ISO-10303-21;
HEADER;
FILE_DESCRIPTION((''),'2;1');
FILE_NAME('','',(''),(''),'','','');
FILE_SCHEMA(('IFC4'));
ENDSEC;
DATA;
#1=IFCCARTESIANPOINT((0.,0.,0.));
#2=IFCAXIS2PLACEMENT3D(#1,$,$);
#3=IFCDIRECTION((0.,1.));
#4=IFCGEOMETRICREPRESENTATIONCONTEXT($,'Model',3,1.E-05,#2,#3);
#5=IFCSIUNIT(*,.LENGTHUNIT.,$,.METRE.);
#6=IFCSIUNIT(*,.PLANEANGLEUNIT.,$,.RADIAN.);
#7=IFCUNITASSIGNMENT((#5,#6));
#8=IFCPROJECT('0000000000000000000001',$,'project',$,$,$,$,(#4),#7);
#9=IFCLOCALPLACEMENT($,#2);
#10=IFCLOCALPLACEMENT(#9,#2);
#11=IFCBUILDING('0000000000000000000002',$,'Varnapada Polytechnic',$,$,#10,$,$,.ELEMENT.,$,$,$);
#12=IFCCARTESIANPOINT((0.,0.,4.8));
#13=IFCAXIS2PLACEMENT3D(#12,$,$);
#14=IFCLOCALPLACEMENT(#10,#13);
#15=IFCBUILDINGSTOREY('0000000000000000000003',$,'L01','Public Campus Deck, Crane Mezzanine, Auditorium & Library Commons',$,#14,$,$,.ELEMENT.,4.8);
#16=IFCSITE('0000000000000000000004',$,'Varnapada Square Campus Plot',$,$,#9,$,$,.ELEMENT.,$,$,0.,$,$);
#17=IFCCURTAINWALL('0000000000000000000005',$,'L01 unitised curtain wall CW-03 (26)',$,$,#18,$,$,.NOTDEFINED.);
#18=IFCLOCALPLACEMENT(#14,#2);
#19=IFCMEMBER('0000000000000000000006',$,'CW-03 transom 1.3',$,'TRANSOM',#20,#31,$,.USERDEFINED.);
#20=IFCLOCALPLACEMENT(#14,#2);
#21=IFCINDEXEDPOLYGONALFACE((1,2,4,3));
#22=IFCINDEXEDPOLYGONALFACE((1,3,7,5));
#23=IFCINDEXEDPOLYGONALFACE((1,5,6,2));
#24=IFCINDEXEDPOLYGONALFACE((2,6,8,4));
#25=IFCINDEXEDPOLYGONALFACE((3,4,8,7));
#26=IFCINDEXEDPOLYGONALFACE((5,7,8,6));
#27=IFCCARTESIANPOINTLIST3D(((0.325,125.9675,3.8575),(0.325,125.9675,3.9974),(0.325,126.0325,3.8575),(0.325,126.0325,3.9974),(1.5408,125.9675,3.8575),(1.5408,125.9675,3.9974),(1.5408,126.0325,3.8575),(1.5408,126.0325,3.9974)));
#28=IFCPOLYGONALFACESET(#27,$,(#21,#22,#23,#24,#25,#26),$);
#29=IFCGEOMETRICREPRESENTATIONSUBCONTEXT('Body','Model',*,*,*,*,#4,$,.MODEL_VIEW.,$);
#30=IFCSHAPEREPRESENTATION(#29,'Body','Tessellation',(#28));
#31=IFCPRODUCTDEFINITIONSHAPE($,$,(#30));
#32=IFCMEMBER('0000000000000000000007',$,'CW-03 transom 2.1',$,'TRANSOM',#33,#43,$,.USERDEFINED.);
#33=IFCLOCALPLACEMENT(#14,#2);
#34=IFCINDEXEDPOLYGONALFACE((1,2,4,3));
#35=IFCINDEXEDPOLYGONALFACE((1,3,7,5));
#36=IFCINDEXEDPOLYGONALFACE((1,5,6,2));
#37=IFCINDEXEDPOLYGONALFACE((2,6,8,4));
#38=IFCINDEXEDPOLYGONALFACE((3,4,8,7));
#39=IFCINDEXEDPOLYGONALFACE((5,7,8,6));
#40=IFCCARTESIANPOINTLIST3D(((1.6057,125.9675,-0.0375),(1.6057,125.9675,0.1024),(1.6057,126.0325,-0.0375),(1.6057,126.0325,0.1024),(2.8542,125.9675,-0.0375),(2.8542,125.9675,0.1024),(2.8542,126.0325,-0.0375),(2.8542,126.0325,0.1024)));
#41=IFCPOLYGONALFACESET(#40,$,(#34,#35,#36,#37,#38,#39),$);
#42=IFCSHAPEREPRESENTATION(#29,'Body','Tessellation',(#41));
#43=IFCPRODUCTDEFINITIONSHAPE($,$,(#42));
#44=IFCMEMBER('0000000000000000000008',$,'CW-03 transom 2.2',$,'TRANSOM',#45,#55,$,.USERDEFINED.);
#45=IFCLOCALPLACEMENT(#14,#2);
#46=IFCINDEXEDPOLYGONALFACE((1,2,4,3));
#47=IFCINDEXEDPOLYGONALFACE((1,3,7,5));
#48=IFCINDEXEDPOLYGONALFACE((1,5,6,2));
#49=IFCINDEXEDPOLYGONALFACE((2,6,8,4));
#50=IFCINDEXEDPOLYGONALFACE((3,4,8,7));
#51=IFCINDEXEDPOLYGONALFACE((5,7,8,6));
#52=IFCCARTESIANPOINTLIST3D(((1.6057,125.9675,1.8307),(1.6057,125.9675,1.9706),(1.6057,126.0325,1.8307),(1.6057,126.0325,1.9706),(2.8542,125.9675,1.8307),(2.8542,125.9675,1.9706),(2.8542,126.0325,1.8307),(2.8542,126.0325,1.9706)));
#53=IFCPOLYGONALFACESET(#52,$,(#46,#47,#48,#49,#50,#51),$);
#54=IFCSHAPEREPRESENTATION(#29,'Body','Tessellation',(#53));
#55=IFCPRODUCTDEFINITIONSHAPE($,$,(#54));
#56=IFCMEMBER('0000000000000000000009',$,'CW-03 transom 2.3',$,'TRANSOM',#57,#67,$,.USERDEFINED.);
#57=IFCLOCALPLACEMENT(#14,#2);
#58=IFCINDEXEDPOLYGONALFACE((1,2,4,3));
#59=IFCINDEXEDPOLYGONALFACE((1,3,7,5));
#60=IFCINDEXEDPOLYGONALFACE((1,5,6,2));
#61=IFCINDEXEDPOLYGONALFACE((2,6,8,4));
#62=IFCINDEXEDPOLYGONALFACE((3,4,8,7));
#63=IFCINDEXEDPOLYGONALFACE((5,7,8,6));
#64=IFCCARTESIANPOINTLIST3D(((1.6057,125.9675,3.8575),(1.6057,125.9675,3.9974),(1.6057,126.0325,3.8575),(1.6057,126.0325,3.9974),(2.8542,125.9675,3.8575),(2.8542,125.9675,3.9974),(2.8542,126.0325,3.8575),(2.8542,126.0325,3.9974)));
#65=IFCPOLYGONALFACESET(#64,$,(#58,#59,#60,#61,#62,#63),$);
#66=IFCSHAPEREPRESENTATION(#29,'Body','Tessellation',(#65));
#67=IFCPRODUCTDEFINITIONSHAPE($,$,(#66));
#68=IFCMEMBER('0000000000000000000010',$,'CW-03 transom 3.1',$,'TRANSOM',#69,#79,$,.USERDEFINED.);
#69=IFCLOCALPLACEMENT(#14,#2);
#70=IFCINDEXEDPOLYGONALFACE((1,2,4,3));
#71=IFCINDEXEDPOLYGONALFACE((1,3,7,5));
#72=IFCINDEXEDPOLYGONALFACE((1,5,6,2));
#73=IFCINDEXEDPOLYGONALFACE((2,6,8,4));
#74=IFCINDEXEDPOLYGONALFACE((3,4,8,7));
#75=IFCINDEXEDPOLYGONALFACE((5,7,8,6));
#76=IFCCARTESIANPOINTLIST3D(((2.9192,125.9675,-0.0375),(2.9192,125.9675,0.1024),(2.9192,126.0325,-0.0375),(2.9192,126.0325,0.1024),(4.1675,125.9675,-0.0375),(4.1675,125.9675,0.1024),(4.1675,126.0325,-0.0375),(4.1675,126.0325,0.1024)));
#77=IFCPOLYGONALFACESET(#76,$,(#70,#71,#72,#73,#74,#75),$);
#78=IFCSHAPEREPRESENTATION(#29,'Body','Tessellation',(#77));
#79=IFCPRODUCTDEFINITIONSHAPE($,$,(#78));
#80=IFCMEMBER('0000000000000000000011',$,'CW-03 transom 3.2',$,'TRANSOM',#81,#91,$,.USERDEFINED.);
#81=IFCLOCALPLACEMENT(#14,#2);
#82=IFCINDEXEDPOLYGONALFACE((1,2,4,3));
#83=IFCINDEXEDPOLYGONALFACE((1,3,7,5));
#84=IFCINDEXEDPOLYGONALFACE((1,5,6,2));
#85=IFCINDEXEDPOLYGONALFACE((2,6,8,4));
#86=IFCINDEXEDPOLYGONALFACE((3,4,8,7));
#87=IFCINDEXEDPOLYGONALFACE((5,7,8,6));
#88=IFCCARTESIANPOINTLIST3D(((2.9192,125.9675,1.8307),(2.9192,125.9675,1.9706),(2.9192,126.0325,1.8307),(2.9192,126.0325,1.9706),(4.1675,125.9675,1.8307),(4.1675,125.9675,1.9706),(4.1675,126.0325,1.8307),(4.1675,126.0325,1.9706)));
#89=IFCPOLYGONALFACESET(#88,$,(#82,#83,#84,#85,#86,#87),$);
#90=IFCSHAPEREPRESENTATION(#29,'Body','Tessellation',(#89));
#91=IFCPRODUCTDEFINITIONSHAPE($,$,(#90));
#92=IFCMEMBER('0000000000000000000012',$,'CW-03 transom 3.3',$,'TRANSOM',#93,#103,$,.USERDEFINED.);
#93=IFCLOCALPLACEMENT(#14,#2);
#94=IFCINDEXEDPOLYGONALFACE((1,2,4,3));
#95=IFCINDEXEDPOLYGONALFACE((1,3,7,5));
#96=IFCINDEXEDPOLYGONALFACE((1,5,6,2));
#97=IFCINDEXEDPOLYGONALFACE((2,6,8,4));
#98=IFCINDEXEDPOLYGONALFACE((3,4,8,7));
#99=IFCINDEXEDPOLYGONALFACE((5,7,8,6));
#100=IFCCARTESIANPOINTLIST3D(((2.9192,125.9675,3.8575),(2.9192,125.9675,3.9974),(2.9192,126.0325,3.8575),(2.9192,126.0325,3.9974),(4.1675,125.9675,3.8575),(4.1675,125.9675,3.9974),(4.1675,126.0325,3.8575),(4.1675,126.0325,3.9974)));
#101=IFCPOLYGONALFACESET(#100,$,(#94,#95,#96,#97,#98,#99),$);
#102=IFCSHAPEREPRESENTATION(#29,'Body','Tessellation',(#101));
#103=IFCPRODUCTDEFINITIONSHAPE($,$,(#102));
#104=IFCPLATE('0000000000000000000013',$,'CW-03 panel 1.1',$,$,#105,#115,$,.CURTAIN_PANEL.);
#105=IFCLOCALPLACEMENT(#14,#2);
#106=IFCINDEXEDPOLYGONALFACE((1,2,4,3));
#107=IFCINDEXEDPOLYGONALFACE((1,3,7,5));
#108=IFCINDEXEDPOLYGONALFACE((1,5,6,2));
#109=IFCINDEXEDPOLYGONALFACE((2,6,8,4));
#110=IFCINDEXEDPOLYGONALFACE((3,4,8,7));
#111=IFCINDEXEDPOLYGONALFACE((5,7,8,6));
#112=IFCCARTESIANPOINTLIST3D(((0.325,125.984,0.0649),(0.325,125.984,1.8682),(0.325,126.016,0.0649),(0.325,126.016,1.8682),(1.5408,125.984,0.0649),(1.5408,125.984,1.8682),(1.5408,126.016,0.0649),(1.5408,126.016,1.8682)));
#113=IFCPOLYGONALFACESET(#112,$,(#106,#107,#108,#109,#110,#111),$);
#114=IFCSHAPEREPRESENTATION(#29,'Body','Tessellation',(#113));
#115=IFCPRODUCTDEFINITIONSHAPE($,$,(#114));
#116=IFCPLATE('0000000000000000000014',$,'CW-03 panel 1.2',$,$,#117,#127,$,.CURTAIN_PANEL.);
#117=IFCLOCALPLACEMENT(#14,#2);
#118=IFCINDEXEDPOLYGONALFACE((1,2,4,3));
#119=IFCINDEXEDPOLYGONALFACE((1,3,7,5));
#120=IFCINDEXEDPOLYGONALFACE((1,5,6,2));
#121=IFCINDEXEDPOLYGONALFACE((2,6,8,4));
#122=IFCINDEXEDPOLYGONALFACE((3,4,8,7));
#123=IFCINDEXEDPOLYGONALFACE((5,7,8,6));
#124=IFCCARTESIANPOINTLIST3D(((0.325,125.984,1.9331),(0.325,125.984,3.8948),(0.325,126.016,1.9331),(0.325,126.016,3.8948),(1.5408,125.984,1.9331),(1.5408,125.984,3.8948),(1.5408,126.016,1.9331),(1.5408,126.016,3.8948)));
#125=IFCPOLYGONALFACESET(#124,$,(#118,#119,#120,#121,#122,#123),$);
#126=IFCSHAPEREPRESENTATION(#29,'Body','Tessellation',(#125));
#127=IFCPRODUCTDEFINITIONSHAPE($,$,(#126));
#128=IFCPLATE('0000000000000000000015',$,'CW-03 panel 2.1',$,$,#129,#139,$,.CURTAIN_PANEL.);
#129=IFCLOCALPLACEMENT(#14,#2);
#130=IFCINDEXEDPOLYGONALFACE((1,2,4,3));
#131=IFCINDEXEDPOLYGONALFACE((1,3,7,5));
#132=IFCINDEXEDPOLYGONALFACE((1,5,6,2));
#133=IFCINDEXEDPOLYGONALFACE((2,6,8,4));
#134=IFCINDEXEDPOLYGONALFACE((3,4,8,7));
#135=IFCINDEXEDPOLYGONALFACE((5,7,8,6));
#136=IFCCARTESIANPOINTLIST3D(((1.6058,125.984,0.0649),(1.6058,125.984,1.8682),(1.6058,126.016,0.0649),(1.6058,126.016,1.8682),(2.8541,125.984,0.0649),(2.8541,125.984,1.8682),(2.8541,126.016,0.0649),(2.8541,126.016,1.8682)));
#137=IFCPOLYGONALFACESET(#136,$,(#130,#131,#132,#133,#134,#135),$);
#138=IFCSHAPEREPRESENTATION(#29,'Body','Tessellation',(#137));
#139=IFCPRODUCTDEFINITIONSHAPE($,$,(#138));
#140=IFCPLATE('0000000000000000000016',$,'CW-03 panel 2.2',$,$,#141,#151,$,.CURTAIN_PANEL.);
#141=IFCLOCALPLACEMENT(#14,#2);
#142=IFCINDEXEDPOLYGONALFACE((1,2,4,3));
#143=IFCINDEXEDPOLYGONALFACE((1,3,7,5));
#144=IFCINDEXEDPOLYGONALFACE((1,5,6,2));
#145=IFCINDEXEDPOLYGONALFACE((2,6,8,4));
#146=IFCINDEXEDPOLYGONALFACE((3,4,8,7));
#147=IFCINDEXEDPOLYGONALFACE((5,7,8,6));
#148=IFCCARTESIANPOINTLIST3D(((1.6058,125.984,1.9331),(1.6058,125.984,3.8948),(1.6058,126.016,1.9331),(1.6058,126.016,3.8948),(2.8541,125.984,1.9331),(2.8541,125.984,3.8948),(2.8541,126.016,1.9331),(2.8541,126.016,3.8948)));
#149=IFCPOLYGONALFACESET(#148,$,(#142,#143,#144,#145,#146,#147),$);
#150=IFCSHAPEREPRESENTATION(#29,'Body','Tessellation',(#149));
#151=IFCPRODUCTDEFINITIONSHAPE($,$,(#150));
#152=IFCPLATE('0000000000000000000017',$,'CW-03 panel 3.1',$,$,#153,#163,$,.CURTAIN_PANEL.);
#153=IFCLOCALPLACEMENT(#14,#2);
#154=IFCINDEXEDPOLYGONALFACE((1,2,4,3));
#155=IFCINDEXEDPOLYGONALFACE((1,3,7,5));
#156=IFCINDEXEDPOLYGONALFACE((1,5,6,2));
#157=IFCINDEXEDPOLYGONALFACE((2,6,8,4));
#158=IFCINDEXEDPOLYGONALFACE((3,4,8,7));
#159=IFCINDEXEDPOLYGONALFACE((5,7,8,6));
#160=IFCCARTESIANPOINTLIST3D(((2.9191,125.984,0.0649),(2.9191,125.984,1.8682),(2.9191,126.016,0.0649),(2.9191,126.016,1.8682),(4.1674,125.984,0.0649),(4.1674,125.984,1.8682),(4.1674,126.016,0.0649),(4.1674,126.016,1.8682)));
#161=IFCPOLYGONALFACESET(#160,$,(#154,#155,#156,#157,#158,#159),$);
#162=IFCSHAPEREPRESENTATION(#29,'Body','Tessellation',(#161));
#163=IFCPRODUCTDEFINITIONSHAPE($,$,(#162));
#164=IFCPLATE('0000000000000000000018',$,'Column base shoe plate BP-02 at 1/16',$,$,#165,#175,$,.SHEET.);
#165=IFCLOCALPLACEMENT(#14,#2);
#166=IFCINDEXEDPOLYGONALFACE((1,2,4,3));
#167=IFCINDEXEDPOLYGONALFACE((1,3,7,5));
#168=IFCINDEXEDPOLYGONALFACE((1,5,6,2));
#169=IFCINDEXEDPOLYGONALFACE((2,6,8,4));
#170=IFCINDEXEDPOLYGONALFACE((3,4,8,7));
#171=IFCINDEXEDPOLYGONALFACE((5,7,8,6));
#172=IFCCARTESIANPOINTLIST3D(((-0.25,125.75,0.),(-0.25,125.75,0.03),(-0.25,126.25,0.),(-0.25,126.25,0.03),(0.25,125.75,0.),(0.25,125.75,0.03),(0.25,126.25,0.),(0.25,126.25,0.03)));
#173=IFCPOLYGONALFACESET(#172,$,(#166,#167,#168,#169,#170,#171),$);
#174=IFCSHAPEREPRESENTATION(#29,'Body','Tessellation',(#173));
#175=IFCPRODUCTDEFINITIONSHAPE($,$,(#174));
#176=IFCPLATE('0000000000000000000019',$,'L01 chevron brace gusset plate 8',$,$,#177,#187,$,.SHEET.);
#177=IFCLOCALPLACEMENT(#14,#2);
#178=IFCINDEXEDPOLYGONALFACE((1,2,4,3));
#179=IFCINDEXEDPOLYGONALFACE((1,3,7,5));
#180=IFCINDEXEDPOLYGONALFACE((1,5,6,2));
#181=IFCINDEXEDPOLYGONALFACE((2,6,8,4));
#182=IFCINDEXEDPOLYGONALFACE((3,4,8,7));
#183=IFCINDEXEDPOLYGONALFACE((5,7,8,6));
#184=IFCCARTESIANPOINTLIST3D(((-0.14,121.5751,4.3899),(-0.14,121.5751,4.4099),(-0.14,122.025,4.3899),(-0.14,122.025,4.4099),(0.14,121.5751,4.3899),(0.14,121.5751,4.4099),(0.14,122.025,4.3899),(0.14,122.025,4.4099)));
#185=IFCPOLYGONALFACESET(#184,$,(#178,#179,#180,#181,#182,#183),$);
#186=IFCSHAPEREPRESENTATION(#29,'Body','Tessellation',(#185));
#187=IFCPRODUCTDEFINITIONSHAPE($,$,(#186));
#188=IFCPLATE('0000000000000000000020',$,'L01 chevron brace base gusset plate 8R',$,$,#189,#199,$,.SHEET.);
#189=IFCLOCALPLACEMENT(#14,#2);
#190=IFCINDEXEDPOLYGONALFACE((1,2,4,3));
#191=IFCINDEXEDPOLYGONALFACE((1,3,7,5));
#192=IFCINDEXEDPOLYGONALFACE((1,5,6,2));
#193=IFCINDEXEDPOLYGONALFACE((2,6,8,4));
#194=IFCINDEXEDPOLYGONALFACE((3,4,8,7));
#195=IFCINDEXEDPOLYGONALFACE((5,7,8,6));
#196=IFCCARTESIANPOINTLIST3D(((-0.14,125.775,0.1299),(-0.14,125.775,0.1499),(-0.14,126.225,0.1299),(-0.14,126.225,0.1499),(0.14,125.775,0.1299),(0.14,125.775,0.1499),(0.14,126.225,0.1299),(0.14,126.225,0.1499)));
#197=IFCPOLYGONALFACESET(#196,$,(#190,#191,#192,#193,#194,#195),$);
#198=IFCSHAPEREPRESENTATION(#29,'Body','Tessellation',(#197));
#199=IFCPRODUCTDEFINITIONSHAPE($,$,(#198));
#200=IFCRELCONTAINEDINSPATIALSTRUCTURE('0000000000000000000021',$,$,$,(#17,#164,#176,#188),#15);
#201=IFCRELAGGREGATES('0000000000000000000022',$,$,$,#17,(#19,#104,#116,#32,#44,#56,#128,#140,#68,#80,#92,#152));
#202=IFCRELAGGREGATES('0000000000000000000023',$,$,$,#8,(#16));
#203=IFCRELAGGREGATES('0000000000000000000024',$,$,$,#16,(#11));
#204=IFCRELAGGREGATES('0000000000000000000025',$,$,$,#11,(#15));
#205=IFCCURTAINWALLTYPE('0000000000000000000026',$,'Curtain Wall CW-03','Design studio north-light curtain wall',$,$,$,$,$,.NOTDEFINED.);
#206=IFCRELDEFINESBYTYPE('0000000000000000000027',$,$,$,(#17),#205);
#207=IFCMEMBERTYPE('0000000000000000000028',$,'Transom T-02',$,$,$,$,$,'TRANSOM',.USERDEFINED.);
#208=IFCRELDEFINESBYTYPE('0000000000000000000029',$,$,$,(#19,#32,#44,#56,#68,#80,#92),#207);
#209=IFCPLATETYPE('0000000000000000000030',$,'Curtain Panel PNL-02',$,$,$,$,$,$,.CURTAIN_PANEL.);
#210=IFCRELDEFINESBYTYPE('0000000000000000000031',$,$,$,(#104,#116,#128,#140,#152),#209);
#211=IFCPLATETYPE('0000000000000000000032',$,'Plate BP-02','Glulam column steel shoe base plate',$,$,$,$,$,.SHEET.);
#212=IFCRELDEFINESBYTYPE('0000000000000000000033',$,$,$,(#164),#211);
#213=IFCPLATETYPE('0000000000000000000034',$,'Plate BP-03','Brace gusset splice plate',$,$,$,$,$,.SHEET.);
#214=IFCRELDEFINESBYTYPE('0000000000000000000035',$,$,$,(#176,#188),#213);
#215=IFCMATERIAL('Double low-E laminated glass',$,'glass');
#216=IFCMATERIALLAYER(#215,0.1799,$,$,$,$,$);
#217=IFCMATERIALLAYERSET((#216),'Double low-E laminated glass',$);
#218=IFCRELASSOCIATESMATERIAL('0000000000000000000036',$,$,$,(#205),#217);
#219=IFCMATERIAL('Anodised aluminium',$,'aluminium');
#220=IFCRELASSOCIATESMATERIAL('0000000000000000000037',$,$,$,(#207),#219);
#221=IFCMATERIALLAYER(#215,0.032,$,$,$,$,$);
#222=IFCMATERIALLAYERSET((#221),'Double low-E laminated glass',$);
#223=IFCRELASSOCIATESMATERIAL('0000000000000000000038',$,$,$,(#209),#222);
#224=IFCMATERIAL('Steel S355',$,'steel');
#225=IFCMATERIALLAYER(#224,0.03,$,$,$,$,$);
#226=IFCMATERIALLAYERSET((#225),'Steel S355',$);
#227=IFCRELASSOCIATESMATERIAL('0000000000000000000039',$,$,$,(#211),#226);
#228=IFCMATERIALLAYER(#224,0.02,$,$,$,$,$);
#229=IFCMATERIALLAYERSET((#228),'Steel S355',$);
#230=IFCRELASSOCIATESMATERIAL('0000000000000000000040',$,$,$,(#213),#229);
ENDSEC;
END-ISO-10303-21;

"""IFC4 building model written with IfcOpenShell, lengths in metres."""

from ifc_helpers import new_model, si_unit, direction, frame, origin, origin_2d, place, context, subcontext, project, spatial, rectangle, extrude, material, layer, layer_set, material_profile, profile_set, type_object, element, aggregate, save


model = new_model("IFC4")

# Units and contexts
model_context = context("Model", 3, precision=1e-05, world=origin(), true_north=direction((0.0, 1.0)))
body_context = subcontext(model_context, "Body", "Model", "MODEL_VIEW")
ifc_project = project(units=[si_unit("LENGTHUNIT", "METRE"), si_unit("PLANEANGLEUNIT", "RADIAN")], contexts=[model_context])

# Site, building, storey
site_placement = place(None, origin())
site = spatial("IfcSite", under=ifc_project, at=site_placement, Name="Varnapada Square Campus Plot", CompositionType="ELEMENT", RefElevation=0.0)
building_placement = place(site_placement, origin())
building = spatial("IfcBuilding", under=site, at=building_placement, Name="Varnapada Polytechnic", CompositionType="ELEMENT")
storey_placement = place(building_placement, frame((0.0, 0.0, 4.8)))
storey = spatial("IfcBuildingStorey", under=building, at=storey_placement, Name="L01", Description="Public Campus Deck, Crane Mezzanine, Auditorium & Library Commons", CompositionType="ELEMENT", Elevation=4.8)

# Curtain wall
ifc_material_1 = material(Name="Double low-E laminated glass", Category="glass")
ifc_layer_1 = layer(ifc_material_1, 0.1799)
ifc_layer_set_1 = layer_set([ifc_layer_1], Name="Double low-E laminated glass")
curtain_wall_type = type_object("IfcCurtainWallType", Name="Curtain Wall CW-03", Description="Design studio north-light curtain wall", PredefinedType="NOTDEFINED", material=ifc_layer_set_1)
curtain_wall_placement = place(storey_placement, origin())
curtain_wall = element("IfcCurtainWall", 1, at=curtain_wall_placement, inside=storey, type_object=curtain_wall_type, Name="L01 unitised curtain wall CW-03 (26)", PredefinedType="NOTDEFINED")
ifc_material_2 = material(Name="Anodised aluminium", Category="aluminium")

# Members
ifc_material_3 = material(Name="Steel S355", Category="steel")
ifc_material_profile_1 = material_profile(ifc_material_2, rectangle(XDim=0.0649, YDim=0.1399, at=origin_2d()), Name="ALU T65x140")
ifc_profile_set_1 = profile_set([ifc_material_profile_1], Name="Anodised aluminium")
member_type_1 = type_object("IfcMemberType", Name="Transom T-02", ElementType="TRANSOM", PredefinedType="USERDEFINED", material=ifc_profile_set_1)
member_1_placement = place(storey_placement, frame((0.325, 126.0, 3.9275), z_axis=(1.0, 0.0, 0.0), x_axis=(0.0, 1.0, 0.0)))
member_1 = element("IfcMember", 2, at=member_1_placement, type_object=member_type_1, Name="CW-03 transom 1.3", ObjectType="TRANSOM", PredefinedType="USERDEFINED", context=body_context, shape_type="SweptSolid", body=[
    extrude(rectangle(XDim=0.0649, YDim=0.1399, at=origin_2d()), origin(), (0.0, 0.0, 1.0), 1.2158),
])
member_2_placement = place(storey_placement, frame((1.6057, 126.0, 0.0325), z_axis=(1.0, 0.0, 0.0), x_axis=(0.0, 1.0, 0.0)))
member_2 = element("IfcMember", 3, at=member_2_placement, type_object=member_type_1, Name="CW-03 transom 2.1", ObjectType="TRANSOM", PredefinedType="USERDEFINED", context=body_context, shape_type="SweptSolid", body=[
    extrude(rectangle(XDim=0.0649, YDim=0.1399, at=origin_2d()), origin(), (0.0, 0.0, 1.0), 1.2485),
])
member_3_placement = place(storey_placement, frame((1.6057, 126.0, 1.9006), z_axis=(1.0, 0.0, 0.0), x_axis=(0.0, 1.0, 0.0)))
member_3 = element("IfcMember", 4, at=member_3_placement, type_object=member_type_1, Name="CW-03 transom 2.2", ObjectType="TRANSOM", PredefinedType="USERDEFINED", context=body_context, shape_type="SweptSolid", body=[
    extrude(rectangle(XDim=0.0649, YDim=0.1399, at=origin_2d()), origin(), (0.0, 0.0, 1.0), 1.2485),
])
member_4_placement = place(storey_placement, frame((1.6057, 126.0, 3.9275), z_axis=(1.0, 0.0, 0.0), x_axis=(0.0, 1.0, 0.0)))
member_4 = element("IfcMember", 5, at=member_4_placement, type_object=member_type_1, Name="CW-03 transom 2.3", ObjectType="TRANSOM", PredefinedType="USERDEFINED", context=body_context, shape_type="SweptSolid", body=[
    extrude(rectangle(XDim=0.0649, YDim=0.1399, at=origin_2d()), origin(), (0.0, 0.0, 1.0), 1.2485),
])
member_5_placement = place(storey_placement, frame((2.9192, 126.0, 0.0325), z_axis=(1.0, 0.0, 0.0), x_axis=(0.0, 1.0, 0.0)))
member_5 = element("IfcMember", 6, at=member_5_placement, type_object=member_type_1, Name="CW-03 transom 3.1", ObjectType="TRANSOM", PredefinedType="USERDEFINED", context=body_context, shape_type="SweptSolid", body=[
    extrude(rectangle(XDim=0.0649, YDim=0.1399, at=origin_2d()), origin(), (0.0, 0.0, 1.0), 1.2483),
])
member_6_placement = place(storey_placement, frame((2.9192, 126.0, 1.9006), z_axis=(1.0, 0.0, 0.0), x_axis=(0.0, 1.0, 0.0)))
member_6 = element("IfcMember", 7, at=member_6_placement, type_object=member_type_1, Name="CW-03 transom 3.2", ObjectType="TRANSOM", PredefinedType="USERDEFINED", context=body_context, shape_type="SweptSolid", body=[
    extrude(rectangle(XDim=0.0649, YDim=0.1399, at=origin_2d()), origin(), (0.0, 0.0, 1.0), 1.2483),
])
member_7_placement = place(storey_placement, frame((2.9192, 126.0, 3.9275), z_axis=(1.0, 0.0, 0.0), x_axis=(0.0, 1.0, 0.0)))
member_7 = element("IfcMember", 8, at=member_7_placement, type_object=member_type_1, Name="CW-03 transom 3.3", ObjectType="TRANSOM", PredefinedType="USERDEFINED", context=body_context, shape_type="SweptSolid", body=[
    extrude(rectangle(XDim=0.0649, YDim=0.1399, at=origin_2d()), origin(), (0.0, 0.0, 1.0), 1.2483),
])

# Plates
ifc_layer_2 = layer(ifc_material_1, 0.032)
ifc_layer_set_2 = layer_set([ifc_layer_2], Name="Double low-E laminated glass")
plate_type_1 = type_object("IfcPlateType", Name="Curtain Panel PNL-02", PredefinedType="CURTAIN_PANEL", material=ifc_layer_set_2)
plate_1_placement = place(storey_placement, frame((0.9329, 126.0, 0.0649), z_axis=(0.0, 0.0, 1.0), x_axis=(1.0, 0.0, 0.0)))
plate_1 = element("IfcPlate", 9, at=plate_1_placement, type_object=plate_type_1, Name="CW-03 panel 1.1", PredefinedType="CURTAIN_PANEL", context=body_context, shape_type="SweptSolid", body=[
    extrude(rectangle(XDim=1.2158, YDim=0.032, at=origin_2d()), origin(), (0.0, 0.0, 1.0), 1.8032),
])
plate_2_placement = place(storey_placement, frame((0.9329, 126.0, 1.9331), z_axis=(0.0, 0.0, 1.0), x_axis=(1.0, 0.0, 0.0)))
plate_2 = element("IfcPlate", 10, at=plate_2_placement, type_object=plate_type_1, Name="CW-03 panel 1.2", PredefinedType="CURTAIN_PANEL", context=body_context, shape_type="SweptSolid", body=[
    extrude(rectangle(XDim=1.2158, YDim=0.032, at=origin_2d()), origin(), (0.0, 0.0, 1.0), 1.9617),
])
plate_3_placement = place(storey_placement, frame((2.23, 126.0, 0.0649), z_axis=(0.0, 0.0, 1.0), x_axis=(1.0, 0.0, 0.0)))
plate_3 = element("IfcPlate", 11, at=plate_3_placement, type_object=plate_type_1, Name="CW-03 panel 2.1", PredefinedType="CURTAIN_PANEL", context=body_context, shape_type="SweptSolid", body=[
    extrude(rectangle(XDim=1.2483, YDim=0.032, at=origin_2d()), origin(), (0.0, 0.0, 1.0), 1.8032),
])
plate_4_placement = place(storey_placement, frame((2.23, 126.0, 1.9331), z_axis=(0.0, 0.0, 1.0), x_axis=(1.0, 0.0, 0.0)))
plate_4 = element("IfcPlate", 12, at=plate_4_placement, type_object=plate_type_1, Name="CW-03 panel 2.2", PredefinedType="CURTAIN_PANEL", context=body_context, shape_type="SweptSolid", body=[
    extrude(rectangle(XDim=1.2483, YDim=0.032, at=origin_2d()), origin(), (0.0, 0.0, 1.0), 1.9617),
])
plate_5_placement = place(storey_placement, frame((3.5432, 126.0, 0.0649), z_axis=(0.0, 0.0, 1.0), x_axis=(1.0, 0.0, 0.0)))
plate_5 = element("IfcPlate", 13, at=plate_5_placement, type_object=plate_type_1, Name="CW-03 panel 3.1", PredefinedType="CURTAIN_PANEL", context=body_context, shape_type="SweptSolid", body=[
    extrude(rectangle(XDim=1.2483, YDim=0.032, at=origin_2d()), origin(), (0.0, 0.0, 1.0), 1.8032),
])
aggregate(curtain_wall, [member_1, plate_1, plate_2, member_2, member_3, member_4, plate_3, plate_4, member_5, member_6, member_7, plate_5])

# Plates
ifc_layer_3 = layer(ifc_material_3, 0.03)
ifc_layer_set_3 = layer_set([ifc_layer_3], Name="Steel S355")
plate_type_2 = type_object("IfcPlateType", Name="Plate BP-02", Description="Glulam column steel shoe base plate", PredefinedType="SHEET", material=ifc_layer_set_3)
plate_6_placement = place(storey_placement, frame((0.0, 126.0, 0.0), z_axis=(0.0, 0.0, 1.0), x_axis=(1.0, 0.0, 0.0)))
element("IfcPlate", 14, at=plate_6_placement, inside=storey, type_object=plate_type_2, Name="Column base shoe plate BP-02 at 1/16", PredefinedType="SHEET", context=body_context, shape_type="SweptSolid", body=[
    extrude(rectangle(XDim=0.5, YDim=0.5, at=origin_2d()), origin(), (0.0, 0.0, 1.0), 0.03),
])
ifc_layer_4 = layer(ifc_material_3, 0.02)
ifc_layer_set_4 = layer_set([ifc_layer_4], Name="Steel S355")
plate_type_3 = type_object("IfcPlateType", Name="Plate BP-03", Description="Brace gusset splice plate", PredefinedType="SHEET", material=ifc_layer_set_4)
for number, where, z_axis, x_axis, name in (
    (15, (0.0, 121.8, 4.3899), (0.0, 0.0, 1.0), (0.0, 1.0, 0.0), "L01 chevron brace gusset plate 8"),
    (16, (0.0, 126.0, 0.1299), (0.0, 0.0, 1.0), (0.0, 1.0, 0.0), "L01 chevron brace base gusset plate 8R"),
):
    element("IfcPlate", number, at=place(storey_placement, frame(where, z_axis=z_axis, x_axis=x_axis)), inside=storey, type_object=plate_type_3, Name=name, PredefinedType="SHEET", context=body_context, shape_type="SweptSolid", body=[
        extrude(rectangle(XDim=0.45, YDim=0.28, at=origin_2d()), origin(), (0.0, 0.0, 1.0), 0.02),
    ])

save(model, "model.ifc")
